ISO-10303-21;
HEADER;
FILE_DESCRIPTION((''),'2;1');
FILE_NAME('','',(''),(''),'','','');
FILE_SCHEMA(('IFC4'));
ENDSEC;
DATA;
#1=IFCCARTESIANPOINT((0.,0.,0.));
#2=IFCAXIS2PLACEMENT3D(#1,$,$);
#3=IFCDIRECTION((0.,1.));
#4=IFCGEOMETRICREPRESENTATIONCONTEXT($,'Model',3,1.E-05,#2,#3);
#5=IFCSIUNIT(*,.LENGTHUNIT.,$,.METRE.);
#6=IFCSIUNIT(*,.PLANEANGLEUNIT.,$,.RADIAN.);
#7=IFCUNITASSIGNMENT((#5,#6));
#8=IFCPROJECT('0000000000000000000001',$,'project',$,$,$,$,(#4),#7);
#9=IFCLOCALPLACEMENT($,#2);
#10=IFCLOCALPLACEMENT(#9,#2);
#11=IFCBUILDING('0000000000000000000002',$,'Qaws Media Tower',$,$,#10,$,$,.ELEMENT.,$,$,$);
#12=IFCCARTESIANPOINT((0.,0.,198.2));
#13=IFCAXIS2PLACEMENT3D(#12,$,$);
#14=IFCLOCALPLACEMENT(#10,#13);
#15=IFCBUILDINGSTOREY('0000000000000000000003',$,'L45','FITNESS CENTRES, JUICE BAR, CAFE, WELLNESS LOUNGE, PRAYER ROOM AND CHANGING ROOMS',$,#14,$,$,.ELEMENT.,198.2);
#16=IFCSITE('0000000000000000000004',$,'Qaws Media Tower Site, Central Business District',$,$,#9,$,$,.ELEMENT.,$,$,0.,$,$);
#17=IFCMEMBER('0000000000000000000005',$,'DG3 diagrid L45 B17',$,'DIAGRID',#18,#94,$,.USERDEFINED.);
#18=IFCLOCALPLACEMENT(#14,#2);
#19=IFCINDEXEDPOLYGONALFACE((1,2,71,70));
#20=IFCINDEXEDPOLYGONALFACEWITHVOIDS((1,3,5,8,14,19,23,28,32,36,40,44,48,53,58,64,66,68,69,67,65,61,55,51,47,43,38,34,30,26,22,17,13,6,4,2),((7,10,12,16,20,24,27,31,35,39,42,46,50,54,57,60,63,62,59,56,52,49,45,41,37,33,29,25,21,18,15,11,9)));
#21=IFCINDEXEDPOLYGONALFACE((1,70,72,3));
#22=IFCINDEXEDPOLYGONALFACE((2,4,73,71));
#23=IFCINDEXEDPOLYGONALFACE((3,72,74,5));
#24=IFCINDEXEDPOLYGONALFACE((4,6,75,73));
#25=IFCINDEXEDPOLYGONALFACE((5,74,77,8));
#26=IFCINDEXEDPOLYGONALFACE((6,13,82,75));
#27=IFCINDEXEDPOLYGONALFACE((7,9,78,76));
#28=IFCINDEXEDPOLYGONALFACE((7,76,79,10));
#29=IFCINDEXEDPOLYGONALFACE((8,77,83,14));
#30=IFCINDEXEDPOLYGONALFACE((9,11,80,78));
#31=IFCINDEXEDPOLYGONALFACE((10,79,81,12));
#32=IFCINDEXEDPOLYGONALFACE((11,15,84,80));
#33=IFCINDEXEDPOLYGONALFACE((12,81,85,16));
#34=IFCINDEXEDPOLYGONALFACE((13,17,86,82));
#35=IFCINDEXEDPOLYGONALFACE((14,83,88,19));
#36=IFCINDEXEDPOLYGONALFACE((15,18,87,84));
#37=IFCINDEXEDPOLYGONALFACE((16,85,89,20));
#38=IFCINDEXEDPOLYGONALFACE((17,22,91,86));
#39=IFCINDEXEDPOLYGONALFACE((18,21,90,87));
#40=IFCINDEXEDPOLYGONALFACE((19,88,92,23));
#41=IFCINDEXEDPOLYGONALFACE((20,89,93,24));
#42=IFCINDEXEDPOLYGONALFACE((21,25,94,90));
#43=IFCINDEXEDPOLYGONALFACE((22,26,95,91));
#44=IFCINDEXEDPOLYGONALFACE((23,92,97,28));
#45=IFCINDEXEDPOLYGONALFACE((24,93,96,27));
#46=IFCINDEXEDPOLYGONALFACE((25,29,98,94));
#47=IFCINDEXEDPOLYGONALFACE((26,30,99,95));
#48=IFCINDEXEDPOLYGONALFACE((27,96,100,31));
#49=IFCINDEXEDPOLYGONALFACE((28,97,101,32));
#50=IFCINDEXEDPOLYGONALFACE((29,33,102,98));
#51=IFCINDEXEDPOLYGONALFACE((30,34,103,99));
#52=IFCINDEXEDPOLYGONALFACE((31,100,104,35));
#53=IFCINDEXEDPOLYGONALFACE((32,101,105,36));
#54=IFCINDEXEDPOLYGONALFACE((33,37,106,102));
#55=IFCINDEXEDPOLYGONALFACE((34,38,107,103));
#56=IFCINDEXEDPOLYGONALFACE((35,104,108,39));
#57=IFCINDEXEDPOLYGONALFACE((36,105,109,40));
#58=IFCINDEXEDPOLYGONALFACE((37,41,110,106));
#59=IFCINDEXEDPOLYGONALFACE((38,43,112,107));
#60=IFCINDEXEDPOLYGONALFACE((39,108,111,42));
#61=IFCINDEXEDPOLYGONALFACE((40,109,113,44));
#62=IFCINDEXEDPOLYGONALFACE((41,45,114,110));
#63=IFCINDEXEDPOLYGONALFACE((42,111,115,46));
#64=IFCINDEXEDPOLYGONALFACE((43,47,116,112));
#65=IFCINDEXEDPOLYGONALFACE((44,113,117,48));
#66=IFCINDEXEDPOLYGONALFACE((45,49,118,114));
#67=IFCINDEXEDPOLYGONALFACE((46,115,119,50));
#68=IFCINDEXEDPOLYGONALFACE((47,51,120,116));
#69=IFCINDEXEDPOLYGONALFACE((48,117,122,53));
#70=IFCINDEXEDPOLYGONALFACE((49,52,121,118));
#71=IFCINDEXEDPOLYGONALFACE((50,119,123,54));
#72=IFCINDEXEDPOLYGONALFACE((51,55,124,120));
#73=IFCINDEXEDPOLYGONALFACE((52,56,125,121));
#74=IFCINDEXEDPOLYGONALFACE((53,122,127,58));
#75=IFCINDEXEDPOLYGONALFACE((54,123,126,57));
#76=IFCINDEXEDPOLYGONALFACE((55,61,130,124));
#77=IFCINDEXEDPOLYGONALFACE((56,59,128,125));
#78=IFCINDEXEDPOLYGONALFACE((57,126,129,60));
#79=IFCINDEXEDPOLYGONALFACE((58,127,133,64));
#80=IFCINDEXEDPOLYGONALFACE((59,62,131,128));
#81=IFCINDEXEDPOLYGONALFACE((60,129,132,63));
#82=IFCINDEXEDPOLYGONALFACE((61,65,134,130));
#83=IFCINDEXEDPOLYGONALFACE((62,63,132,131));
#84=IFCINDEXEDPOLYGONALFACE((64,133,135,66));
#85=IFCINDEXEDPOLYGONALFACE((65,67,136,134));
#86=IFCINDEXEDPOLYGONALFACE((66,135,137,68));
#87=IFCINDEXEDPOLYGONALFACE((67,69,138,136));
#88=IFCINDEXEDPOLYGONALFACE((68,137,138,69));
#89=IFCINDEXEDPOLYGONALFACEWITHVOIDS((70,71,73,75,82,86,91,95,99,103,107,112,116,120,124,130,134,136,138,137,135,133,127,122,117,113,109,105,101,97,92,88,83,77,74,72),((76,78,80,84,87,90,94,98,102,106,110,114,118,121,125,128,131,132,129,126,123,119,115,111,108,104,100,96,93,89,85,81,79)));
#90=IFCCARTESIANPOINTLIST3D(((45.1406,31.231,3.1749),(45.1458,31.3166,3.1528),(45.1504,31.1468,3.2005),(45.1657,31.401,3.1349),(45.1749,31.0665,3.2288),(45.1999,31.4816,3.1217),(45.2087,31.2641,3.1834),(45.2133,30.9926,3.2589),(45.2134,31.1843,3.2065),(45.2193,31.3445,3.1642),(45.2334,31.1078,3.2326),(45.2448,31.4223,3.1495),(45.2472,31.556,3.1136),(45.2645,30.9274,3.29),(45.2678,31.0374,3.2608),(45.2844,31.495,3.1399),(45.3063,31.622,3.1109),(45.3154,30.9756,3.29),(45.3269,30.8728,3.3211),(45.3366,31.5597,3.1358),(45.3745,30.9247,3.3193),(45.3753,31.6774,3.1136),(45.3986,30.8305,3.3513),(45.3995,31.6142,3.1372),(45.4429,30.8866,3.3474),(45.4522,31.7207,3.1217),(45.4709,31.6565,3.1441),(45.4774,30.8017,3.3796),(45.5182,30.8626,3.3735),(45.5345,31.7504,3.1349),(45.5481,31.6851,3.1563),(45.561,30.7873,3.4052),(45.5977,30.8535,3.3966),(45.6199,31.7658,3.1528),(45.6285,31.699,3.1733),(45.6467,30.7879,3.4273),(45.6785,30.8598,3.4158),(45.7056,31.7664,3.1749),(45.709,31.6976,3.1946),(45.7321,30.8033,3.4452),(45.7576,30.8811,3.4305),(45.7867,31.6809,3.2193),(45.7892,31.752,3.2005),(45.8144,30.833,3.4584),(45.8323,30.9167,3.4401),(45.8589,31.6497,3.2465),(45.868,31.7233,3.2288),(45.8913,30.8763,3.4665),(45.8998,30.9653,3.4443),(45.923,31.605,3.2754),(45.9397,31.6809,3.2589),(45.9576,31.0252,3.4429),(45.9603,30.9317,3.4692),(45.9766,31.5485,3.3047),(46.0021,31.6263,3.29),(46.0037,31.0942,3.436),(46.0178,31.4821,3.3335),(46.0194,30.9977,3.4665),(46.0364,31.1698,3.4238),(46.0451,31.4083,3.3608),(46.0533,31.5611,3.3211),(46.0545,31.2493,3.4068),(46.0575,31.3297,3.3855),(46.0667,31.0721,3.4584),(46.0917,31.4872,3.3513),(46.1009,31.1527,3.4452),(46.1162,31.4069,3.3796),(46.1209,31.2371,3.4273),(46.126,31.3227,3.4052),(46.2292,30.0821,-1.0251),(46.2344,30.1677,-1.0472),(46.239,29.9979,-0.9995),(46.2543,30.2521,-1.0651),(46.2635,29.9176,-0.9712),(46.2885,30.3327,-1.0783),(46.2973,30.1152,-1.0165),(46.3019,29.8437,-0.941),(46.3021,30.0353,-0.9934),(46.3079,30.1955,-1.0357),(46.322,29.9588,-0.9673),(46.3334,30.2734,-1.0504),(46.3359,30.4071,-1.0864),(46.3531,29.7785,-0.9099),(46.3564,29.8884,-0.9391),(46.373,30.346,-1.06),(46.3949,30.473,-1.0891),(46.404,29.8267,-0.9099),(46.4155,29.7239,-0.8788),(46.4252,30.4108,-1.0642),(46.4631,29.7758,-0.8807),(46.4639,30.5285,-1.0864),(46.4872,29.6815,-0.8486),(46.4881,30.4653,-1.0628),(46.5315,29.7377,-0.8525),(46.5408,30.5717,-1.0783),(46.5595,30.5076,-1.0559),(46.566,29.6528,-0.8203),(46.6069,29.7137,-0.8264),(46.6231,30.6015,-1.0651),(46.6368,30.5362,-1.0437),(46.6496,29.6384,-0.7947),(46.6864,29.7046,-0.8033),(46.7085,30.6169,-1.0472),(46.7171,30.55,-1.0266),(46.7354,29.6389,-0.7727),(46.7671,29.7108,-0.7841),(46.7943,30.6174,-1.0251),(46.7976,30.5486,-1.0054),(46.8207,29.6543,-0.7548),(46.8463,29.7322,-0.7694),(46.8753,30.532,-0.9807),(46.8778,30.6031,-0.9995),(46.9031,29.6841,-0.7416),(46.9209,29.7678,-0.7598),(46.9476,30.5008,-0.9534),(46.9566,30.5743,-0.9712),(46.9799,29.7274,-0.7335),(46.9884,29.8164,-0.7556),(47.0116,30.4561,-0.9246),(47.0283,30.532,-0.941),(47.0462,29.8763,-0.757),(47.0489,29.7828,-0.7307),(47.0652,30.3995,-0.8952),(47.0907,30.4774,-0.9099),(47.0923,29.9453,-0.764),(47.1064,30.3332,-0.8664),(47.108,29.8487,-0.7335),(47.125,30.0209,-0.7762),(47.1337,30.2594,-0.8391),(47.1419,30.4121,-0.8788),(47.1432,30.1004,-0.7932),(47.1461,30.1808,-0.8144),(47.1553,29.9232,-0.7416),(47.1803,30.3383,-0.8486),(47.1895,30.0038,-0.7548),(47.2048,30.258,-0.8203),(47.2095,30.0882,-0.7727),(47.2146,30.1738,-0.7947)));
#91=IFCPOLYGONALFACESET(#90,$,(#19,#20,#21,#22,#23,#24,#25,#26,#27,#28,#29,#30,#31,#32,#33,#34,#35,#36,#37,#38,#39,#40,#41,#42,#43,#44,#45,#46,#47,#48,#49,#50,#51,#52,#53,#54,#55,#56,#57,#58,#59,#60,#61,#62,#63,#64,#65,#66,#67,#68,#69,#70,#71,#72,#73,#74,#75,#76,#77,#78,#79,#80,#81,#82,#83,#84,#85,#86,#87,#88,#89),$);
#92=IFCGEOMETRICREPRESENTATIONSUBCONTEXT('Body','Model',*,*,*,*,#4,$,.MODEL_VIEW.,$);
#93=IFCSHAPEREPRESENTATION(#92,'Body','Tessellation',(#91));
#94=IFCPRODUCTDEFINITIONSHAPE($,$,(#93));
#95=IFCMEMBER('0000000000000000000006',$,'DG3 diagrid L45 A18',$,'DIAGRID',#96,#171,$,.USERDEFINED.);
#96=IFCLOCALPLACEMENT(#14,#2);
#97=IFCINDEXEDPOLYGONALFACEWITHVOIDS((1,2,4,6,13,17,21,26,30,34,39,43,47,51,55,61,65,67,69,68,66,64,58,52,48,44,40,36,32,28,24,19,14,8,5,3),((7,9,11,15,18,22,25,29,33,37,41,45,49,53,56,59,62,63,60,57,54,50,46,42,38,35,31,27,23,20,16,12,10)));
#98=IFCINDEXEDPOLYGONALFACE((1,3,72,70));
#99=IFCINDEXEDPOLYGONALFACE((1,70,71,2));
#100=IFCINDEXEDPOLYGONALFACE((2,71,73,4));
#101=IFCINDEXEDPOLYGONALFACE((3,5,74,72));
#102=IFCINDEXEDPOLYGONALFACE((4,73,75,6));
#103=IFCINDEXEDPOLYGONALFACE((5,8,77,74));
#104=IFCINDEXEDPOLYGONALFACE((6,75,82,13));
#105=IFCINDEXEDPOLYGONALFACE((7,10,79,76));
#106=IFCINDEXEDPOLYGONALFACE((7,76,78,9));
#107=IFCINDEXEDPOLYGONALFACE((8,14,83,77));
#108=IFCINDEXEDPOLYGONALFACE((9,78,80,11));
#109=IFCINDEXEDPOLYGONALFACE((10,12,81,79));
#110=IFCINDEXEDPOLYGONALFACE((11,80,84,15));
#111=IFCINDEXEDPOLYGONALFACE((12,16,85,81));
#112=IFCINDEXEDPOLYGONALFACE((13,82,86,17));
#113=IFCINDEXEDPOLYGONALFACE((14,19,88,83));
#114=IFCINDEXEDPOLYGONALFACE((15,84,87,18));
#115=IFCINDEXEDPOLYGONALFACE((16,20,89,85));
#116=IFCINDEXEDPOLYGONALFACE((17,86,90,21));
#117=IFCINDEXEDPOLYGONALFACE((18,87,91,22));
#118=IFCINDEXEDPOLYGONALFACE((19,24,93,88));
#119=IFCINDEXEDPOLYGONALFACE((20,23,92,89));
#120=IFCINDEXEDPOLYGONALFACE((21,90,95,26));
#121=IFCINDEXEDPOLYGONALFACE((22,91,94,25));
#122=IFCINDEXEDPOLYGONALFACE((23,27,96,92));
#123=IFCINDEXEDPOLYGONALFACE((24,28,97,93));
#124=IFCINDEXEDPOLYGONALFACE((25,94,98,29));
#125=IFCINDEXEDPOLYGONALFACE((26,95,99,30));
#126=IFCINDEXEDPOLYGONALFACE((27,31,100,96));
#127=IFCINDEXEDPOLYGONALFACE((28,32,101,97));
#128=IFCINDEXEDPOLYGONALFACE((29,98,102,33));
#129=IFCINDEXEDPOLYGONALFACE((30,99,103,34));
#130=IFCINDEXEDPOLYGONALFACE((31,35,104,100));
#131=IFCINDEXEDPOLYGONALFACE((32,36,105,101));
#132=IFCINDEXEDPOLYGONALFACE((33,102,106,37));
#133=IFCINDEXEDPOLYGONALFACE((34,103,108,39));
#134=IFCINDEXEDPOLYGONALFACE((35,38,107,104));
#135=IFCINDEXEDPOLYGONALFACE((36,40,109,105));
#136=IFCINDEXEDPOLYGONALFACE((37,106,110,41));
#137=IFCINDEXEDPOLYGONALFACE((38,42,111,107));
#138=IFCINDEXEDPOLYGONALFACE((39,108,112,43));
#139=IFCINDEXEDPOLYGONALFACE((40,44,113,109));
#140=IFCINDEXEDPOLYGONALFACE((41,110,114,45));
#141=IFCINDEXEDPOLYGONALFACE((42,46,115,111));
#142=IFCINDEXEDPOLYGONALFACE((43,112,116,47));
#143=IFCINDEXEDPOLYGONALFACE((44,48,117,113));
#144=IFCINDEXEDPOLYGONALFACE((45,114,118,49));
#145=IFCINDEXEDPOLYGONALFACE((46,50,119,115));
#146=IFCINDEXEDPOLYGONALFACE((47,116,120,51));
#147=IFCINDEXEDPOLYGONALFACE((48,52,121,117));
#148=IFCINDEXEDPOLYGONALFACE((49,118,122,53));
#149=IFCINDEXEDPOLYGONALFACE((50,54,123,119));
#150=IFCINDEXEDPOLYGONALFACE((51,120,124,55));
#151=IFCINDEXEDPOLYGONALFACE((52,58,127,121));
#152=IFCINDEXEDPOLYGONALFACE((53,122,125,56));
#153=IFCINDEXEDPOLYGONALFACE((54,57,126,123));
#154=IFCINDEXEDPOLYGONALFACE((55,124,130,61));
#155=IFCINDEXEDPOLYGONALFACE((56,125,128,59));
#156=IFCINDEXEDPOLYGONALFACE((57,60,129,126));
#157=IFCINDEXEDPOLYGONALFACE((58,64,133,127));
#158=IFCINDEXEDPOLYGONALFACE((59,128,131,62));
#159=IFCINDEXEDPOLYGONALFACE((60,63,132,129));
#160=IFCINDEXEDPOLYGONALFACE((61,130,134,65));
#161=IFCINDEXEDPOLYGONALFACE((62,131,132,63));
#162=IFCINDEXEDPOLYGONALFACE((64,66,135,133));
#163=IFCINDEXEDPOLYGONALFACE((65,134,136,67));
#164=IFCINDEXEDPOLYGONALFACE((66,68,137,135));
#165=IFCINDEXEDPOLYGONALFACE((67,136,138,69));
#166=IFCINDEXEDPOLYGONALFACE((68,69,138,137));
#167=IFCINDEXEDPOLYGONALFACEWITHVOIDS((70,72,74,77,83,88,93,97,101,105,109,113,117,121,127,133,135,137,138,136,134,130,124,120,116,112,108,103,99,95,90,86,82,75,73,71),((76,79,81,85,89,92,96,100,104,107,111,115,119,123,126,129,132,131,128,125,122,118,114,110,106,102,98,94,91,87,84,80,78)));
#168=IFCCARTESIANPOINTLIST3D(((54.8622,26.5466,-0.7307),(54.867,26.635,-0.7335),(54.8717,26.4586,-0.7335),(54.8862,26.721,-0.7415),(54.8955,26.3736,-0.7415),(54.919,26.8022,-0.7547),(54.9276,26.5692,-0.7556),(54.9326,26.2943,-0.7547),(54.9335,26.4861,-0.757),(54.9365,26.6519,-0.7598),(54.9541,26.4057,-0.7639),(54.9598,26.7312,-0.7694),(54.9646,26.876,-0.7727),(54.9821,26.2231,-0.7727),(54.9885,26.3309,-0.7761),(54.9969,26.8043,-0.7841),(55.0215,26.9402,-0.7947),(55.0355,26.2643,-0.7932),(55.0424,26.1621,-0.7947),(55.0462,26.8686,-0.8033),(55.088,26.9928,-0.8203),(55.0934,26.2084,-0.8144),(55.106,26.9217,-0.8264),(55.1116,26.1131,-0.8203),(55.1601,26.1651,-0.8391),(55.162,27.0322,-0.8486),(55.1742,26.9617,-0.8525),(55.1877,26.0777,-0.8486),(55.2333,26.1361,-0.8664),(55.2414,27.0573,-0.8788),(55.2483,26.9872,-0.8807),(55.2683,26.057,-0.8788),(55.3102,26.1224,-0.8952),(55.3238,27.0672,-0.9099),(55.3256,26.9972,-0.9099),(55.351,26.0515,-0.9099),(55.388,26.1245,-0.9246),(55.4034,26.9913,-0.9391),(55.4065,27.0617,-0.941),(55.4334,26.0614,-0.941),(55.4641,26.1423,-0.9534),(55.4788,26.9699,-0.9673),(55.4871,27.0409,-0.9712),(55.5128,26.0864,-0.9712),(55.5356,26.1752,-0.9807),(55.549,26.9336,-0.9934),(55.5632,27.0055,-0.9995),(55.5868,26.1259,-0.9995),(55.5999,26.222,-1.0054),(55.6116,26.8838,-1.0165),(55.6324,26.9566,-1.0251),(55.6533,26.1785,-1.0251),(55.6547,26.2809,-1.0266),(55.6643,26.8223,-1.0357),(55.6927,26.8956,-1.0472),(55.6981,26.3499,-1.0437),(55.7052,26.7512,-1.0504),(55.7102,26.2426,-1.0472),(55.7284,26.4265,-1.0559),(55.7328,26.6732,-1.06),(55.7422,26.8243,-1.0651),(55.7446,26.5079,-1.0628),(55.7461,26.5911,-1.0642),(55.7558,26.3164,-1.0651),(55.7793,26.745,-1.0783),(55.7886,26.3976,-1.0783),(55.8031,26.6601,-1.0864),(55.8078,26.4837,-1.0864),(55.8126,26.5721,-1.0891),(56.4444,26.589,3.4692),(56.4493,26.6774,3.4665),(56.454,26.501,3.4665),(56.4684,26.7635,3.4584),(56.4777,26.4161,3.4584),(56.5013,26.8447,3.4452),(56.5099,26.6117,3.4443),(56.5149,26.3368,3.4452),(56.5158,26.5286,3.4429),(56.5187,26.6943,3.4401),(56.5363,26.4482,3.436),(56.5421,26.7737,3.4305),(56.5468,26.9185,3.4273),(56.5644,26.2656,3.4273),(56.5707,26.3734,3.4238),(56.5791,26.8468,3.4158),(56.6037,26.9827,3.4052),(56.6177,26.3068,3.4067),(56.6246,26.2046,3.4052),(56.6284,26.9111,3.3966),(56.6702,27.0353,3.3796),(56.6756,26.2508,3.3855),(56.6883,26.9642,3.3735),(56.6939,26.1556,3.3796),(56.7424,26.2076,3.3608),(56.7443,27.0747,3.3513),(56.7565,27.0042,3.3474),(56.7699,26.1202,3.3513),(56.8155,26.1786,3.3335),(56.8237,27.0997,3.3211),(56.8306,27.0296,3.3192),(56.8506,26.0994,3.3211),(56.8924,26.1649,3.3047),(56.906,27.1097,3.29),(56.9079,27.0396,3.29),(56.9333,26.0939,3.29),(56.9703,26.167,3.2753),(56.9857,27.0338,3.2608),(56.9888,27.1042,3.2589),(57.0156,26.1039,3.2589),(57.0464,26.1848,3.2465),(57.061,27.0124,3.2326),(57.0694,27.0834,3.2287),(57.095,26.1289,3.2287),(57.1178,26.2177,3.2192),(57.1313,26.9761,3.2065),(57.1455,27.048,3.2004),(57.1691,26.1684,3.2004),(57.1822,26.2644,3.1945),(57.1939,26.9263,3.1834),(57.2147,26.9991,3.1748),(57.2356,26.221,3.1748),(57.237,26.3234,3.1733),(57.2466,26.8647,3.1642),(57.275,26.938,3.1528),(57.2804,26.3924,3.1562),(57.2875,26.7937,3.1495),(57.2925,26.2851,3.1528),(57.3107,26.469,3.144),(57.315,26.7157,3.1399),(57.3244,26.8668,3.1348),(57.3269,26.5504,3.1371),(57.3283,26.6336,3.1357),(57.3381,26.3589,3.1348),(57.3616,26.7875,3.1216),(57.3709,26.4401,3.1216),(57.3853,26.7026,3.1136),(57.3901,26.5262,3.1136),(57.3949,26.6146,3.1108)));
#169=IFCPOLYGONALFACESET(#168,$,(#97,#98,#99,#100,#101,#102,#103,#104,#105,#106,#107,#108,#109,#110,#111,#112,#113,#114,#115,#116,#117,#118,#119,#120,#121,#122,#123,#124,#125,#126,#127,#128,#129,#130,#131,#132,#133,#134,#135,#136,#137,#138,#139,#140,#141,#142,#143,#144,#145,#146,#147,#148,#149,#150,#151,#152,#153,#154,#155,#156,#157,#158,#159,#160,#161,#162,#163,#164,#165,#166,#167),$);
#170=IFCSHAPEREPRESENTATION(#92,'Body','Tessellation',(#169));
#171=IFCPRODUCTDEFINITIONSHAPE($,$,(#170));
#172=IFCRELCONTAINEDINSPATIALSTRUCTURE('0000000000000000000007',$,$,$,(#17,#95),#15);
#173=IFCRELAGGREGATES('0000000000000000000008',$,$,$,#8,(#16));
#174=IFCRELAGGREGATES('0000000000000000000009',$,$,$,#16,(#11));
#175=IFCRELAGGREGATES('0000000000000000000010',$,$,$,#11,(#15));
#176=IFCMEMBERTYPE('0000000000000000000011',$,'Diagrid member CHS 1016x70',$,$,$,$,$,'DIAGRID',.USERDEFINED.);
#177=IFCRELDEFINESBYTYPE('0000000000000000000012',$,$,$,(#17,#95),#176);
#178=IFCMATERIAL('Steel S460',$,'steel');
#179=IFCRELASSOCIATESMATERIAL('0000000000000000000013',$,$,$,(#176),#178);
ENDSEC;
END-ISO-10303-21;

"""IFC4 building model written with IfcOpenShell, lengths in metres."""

from ifc_helpers import new_model, si_unit, direction, frame, origin, origin_2d, place, context, subcontext, project, spatial, hollow_circle, extrude, material, material_profile, profile_set, type_object, element, save


model = new_model("IFC4")

# Units and contexts
model_context = context("Model", 3, precision=1e-05, world=origin(), true_north=direction((0.0, 1.0)))
body_context = subcontext(model_context, "Body", "Model", "MODEL_VIEW")
ifc_project = project(units=[si_unit("LENGTHUNIT", "METRE"), si_unit("PLANEANGLEUNIT", "RADIAN")], contexts=[model_context])

# Site, building, storey
site_placement = place(None, origin())
site = spatial("IfcSite", under=ifc_project, at=site_placement, Name="Qaws Media Tower Site, Central Business District", CompositionType="ELEMENT", RefElevation=0.0)
building_placement = place(site_placement, origin())
building = spatial("IfcBuilding", under=site, at=building_placement, Name="Qaws Media Tower", CompositionType="ELEMENT")
storey_placement = place(building_placement, frame((0.0, 0.0, 198.2)))
storey = spatial("IfcBuildingStorey", under=building, at=storey_placement, Name="L45", Description="FITNESS CENTRES, JUICE BAR, CAFE, WELLNESS LOUNGE, PRAYER ROOM AND CHANGING ROOMS", CompositionType="ELEMENT", Elevation=198.2)

# Members
ifc_material_1 = material(Name="Steel S460", Category="steel")
ifc_material_profile_1 = material_profile(ifc_material_1, hollow_circle(Radius=0.5081, WallThickness=0.0701, at=origin_2d()), Name="CHS 1016x70")
ifc_profile_set_1 = profile_set([ifc_material_profile_1], Name="Steel S460")
member_type_1 = type_object("IfcMemberType", Name="Diagrid member CHS 1016x70", ElementType="DIAGRID", PredefinedType="USERDEFINED", material=ifc_profile_set_1)
for number, where, z_axis, x_axis, name in (
    (1, (46.7219, 30.1279, -0.9099), (-0.242548, 0.255983, 0.935758), (-0.7259, -0.6878, 0.0), "DG3 diagrid L45 B17"),
    (2, (55.3374, 26.5593, -0.9099), (0.352532, 0.009465, 0.935752), (-0.026838, 0.99964, 0.0), "DG3 diagrid L45 A18"),
):
    element("IfcMember", number, at=place(storey_placement, frame(where, z_axis=z_axis, x_axis=x_axis)), inside=storey, type_object=member_type_1, Name=name, ObjectType="DIAGRID", PredefinedType="USERDEFINED", context=body_context, shape_type="SweptSolid", body=[
        extrude(hollow_circle(Radius=0.5081, WallThickness=0.0701, at=origin_2d()), origin(), (0.0, 0.0, 1.0), 4.4883),
    ])

save(model, "model.ifc")
